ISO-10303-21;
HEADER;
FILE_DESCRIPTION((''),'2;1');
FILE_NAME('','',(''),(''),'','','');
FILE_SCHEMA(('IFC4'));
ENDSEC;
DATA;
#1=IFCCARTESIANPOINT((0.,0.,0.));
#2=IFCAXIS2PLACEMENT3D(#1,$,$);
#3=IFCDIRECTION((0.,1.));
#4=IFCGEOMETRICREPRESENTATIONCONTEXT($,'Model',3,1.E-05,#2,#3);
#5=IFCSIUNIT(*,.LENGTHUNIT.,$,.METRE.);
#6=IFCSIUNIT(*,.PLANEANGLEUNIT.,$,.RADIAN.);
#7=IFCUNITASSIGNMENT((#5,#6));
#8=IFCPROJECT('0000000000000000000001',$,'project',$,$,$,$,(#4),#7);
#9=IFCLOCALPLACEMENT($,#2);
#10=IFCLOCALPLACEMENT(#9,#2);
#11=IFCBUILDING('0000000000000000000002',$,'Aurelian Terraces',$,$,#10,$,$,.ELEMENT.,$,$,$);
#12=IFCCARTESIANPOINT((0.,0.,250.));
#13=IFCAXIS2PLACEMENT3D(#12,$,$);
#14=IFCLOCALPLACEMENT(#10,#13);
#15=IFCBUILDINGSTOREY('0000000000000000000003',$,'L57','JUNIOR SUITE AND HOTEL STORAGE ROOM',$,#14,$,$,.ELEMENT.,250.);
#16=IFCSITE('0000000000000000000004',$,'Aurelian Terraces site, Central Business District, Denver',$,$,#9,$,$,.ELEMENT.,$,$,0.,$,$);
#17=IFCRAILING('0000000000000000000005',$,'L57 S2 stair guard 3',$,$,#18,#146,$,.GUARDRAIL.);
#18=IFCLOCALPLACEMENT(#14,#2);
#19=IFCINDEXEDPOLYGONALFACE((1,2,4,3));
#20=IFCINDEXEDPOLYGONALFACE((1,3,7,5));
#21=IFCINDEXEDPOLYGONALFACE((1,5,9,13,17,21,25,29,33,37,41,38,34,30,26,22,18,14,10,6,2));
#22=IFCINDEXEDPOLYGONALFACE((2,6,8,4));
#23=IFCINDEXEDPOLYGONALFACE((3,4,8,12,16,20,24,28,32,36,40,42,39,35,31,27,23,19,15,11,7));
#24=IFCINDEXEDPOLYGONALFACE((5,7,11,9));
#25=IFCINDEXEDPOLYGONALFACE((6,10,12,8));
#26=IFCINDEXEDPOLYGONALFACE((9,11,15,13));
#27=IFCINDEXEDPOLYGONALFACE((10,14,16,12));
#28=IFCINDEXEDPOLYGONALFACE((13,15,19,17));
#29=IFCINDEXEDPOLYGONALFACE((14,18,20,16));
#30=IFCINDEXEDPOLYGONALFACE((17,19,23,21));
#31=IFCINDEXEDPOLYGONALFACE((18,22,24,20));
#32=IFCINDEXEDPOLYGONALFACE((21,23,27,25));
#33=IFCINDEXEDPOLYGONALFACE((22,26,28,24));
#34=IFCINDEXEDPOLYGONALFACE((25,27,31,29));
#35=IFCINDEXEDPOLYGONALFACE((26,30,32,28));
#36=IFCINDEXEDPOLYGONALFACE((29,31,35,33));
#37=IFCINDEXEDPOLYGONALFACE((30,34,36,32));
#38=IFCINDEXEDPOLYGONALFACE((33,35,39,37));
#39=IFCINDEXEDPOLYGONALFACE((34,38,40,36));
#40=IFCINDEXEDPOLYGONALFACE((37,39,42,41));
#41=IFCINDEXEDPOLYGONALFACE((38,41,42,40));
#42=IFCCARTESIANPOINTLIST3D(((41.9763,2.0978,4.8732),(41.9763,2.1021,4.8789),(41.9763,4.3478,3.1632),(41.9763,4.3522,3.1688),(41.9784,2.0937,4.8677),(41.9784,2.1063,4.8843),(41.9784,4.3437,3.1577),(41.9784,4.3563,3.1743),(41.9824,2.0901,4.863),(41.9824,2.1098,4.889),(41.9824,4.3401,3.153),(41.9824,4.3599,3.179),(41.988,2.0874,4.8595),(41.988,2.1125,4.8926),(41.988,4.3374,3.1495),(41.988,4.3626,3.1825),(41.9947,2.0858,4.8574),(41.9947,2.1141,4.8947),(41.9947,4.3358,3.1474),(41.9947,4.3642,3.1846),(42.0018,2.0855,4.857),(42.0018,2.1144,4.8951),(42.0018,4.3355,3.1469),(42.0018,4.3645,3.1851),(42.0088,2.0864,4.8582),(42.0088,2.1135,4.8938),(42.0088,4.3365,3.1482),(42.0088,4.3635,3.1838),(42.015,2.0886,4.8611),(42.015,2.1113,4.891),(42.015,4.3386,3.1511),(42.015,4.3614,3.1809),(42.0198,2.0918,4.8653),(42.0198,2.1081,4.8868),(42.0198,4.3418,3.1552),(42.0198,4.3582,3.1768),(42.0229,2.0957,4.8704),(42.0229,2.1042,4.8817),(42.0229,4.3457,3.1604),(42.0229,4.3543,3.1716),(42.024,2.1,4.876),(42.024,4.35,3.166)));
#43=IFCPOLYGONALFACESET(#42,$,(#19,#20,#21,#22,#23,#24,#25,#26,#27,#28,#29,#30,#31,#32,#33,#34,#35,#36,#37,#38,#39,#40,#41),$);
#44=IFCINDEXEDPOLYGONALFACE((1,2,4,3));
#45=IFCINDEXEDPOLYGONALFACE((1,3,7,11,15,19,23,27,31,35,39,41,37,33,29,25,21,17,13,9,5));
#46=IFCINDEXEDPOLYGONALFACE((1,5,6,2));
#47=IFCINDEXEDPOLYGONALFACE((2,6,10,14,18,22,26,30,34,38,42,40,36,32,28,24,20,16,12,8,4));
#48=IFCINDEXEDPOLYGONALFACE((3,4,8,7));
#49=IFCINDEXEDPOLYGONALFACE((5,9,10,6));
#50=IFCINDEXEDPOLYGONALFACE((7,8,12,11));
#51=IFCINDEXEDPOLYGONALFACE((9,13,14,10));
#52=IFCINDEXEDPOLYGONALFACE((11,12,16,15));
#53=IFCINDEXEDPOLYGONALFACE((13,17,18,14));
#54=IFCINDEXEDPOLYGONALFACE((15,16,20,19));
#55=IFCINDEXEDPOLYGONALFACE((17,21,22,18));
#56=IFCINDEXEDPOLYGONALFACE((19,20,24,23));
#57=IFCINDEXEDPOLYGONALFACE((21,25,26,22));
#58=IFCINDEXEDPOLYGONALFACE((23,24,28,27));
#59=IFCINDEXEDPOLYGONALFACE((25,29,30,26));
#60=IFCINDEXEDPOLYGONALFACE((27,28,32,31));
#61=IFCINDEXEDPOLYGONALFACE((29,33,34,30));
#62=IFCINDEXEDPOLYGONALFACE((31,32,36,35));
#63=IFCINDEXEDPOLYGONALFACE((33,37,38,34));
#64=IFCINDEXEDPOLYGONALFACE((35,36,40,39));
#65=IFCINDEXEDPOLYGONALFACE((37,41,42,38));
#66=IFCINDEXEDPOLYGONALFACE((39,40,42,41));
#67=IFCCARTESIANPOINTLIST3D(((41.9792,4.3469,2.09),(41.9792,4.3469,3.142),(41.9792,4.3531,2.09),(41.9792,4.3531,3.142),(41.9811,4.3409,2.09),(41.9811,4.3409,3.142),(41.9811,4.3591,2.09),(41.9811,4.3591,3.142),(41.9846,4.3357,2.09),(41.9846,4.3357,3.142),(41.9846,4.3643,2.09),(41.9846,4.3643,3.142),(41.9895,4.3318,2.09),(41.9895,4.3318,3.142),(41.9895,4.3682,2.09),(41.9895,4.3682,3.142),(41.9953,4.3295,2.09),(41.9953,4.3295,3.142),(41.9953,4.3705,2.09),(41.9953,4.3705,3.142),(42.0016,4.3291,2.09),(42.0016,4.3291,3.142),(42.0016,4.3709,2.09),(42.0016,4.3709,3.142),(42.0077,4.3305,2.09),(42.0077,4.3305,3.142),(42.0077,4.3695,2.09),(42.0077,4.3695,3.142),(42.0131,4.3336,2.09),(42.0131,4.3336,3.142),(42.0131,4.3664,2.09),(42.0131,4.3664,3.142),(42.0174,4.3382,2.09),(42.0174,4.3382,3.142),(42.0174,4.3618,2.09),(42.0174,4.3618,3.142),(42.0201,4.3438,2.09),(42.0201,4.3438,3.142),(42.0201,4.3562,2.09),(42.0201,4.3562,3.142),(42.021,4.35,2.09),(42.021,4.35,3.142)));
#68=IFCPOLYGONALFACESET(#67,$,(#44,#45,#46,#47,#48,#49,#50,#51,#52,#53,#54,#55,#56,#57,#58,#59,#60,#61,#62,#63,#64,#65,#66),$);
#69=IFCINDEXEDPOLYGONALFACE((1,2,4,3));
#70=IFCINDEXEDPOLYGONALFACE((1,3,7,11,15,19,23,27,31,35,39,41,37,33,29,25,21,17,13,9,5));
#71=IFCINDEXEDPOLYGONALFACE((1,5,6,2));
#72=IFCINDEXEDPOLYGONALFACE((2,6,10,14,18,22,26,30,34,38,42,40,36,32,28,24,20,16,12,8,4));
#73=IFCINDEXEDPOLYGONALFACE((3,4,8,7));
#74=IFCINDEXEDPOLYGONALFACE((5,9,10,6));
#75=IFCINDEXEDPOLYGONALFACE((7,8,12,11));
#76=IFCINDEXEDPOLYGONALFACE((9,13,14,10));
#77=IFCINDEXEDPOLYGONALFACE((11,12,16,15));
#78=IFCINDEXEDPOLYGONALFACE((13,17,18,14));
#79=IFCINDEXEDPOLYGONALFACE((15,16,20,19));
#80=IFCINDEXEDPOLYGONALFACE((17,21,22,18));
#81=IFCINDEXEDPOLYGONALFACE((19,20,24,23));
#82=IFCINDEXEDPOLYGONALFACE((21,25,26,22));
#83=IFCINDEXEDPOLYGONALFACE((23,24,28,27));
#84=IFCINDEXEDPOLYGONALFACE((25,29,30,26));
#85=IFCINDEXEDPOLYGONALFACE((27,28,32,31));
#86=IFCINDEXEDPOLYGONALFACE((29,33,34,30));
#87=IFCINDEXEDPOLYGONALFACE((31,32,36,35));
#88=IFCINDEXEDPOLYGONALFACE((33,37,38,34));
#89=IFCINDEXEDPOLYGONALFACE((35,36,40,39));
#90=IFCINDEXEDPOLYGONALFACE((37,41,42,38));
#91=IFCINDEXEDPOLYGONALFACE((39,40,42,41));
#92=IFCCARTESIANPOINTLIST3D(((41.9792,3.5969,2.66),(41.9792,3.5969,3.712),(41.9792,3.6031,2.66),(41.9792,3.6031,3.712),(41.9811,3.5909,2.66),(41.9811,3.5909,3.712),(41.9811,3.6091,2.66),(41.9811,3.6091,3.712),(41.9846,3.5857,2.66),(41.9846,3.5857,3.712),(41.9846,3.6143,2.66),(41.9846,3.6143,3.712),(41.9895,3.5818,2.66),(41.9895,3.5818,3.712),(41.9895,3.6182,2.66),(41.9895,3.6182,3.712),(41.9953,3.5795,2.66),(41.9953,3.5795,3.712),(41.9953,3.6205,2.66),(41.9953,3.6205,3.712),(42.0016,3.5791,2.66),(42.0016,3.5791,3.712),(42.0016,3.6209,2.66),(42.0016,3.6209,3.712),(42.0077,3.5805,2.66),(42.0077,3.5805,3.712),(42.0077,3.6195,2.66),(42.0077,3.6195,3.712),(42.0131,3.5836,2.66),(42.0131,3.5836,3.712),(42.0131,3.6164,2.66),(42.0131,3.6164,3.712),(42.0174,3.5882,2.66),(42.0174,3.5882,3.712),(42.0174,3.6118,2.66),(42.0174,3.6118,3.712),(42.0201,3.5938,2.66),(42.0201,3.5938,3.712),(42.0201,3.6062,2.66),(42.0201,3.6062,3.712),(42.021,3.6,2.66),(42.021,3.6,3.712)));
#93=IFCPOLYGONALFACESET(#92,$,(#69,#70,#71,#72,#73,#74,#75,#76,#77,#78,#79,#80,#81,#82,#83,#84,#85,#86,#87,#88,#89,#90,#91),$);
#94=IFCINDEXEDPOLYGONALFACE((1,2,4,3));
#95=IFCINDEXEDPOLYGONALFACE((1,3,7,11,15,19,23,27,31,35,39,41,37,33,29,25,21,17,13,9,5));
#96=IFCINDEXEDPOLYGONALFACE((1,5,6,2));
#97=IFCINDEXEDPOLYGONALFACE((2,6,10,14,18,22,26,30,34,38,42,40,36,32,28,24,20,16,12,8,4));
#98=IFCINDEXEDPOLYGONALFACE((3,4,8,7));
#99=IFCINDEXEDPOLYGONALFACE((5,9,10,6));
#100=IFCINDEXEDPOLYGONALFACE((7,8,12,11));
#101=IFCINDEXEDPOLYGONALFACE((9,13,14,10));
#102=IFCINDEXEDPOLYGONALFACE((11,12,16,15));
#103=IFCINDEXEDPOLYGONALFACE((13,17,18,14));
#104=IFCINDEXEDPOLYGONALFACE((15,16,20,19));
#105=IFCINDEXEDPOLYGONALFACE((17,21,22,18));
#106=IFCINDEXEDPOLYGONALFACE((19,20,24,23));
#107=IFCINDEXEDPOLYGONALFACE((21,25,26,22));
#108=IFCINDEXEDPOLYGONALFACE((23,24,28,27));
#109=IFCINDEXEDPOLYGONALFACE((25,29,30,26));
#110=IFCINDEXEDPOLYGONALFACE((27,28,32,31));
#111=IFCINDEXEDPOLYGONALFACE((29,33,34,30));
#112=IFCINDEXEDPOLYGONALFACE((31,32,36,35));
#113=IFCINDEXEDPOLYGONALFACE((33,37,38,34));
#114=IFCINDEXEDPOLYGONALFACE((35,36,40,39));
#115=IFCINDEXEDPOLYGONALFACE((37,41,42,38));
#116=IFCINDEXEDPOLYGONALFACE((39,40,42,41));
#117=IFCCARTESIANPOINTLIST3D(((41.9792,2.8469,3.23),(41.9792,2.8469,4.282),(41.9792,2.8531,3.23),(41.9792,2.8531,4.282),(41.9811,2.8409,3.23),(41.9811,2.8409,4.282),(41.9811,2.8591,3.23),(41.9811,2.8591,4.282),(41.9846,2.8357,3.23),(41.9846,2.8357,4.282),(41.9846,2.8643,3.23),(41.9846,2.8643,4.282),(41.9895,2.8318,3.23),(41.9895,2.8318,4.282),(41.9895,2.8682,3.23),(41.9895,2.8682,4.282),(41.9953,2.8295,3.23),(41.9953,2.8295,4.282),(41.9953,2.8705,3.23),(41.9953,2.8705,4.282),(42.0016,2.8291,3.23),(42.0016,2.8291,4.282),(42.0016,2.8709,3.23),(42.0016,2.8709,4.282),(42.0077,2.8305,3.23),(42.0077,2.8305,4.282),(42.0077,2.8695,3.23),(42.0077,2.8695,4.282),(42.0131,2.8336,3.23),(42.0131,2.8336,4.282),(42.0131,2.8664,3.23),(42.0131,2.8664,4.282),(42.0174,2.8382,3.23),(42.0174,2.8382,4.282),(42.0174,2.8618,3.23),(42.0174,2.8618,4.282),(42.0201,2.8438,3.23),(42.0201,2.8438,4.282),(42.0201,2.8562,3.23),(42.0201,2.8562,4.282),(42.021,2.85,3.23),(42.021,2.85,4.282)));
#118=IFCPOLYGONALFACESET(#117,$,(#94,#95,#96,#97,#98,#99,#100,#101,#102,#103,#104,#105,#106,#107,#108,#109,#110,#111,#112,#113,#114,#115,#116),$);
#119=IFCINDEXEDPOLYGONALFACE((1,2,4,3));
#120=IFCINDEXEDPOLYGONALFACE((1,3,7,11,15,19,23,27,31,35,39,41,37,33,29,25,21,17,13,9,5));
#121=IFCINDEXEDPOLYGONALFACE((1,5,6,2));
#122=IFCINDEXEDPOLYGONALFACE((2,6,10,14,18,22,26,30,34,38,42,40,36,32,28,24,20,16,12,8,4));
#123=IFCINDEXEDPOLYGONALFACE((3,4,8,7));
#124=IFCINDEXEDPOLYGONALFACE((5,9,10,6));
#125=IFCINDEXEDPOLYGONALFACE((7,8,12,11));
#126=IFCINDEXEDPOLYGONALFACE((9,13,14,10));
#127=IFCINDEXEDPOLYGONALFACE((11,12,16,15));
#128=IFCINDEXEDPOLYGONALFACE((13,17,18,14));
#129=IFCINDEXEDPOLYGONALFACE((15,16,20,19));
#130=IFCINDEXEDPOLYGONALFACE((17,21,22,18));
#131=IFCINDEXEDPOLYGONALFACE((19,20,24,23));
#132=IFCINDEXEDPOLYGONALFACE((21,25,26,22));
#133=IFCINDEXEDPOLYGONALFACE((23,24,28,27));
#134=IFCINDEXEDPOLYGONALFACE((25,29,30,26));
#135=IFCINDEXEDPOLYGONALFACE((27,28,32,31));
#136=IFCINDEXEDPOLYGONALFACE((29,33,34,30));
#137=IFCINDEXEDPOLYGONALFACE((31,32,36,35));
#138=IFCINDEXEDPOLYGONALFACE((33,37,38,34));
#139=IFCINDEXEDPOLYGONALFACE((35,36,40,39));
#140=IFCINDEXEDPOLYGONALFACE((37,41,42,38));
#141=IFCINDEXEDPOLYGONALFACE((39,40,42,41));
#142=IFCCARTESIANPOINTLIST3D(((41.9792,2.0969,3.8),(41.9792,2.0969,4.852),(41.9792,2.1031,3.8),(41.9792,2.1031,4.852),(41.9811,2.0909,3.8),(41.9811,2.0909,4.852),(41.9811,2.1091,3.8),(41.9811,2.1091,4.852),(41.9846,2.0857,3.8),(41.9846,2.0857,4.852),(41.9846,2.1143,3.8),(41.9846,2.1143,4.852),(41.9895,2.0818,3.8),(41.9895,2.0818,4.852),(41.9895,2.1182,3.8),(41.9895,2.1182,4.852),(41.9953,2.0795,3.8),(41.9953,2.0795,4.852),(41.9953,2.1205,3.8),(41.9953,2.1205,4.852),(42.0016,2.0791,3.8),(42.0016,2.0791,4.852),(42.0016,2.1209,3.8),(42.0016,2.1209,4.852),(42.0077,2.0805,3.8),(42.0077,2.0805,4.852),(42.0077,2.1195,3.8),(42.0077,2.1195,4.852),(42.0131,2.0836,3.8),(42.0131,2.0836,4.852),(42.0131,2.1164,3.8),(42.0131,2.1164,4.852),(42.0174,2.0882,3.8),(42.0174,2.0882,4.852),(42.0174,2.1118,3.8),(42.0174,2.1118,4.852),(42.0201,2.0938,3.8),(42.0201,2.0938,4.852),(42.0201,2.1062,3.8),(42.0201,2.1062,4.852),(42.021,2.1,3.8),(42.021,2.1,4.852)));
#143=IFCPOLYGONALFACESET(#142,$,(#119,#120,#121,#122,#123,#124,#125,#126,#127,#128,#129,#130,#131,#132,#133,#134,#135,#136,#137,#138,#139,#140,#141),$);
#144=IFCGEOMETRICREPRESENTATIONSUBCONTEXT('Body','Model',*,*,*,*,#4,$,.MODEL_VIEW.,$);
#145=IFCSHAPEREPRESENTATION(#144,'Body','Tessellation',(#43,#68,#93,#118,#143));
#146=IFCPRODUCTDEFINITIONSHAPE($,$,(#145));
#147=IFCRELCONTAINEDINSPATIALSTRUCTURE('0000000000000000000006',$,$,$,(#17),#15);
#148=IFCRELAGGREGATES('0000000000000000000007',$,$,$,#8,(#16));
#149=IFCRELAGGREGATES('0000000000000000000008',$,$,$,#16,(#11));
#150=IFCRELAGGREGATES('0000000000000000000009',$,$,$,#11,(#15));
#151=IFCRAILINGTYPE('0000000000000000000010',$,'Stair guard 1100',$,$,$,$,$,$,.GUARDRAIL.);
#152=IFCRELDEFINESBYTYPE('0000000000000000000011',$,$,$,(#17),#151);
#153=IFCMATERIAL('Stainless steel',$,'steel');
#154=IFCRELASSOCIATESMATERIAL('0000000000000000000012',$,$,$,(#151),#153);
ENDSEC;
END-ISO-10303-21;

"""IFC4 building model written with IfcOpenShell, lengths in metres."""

from ifc_helpers import new_model, si_unit, direction, frame, origin, origin_2d, place, context, subcontext, project, spatial, circle, extrude, source, transform, mapped, material, type_object, element, save


model = new_model("IFC4")

# Units and contexts
model_context = context("Model", 3, precision=1e-05, world=origin(), true_north=direction((0.0, 1.0)))
body_context = subcontext(model_context, "Body", "Model", "MODEL_VIEW")
ifc_project = project(units=[si_unit("LENGTHUNIT", "METRE"), si_unit("PLANEANGLEUNIT", "RADIAN")], contexts=[model_context])

# Site, building, storey
site_placement = place(None, origin())
site = spatial("IfcSite", under=ifc_project, at=site_placement, Name="Aurelian Terraces site, Central Business District, Denver", CompositionType="ELEMENT", RefElevation=0.0)
building_placement = place(site_placement, origin())
building = spatial("IfcBuilding", under=site, at=building_placement, Name="Aurelian Terraces", CompositionType="ELEMENT")
storey_placement = place(building_placement, frame((0.0, 0.0, 250.0)))
storey = spatial("IfcBuildingStorey", under=building, at=storey_placement, Name="L57", Description="JUNIOR SUITE AND HOTEL STORAGE ROOM", CompositionType="ELEMENT", Elevation=250.0)

# Railing
ifc_material_1 = material(Name="Stainless steel", Category="steel")
railing_type_1 = type_object("IfcRailingType", Name="Stair guard 1100", PredefinedType="GUARDRAIL", material=ifc_material_1)
shared_shape_1 = source(origin(), body_context, "Body", "SweptSolid", [
    extrude(circle(Radius=0.024, at=origin_2d()), frame((0.0, 0.0, 1.076), z_axis=(0.0, -0.796162, 0.605083), x_axis=(1.0, 0.0, 0.0)), (0.0, 0.0, 1.0), 2.8261),
    extrude(circle(Radius=0.021, at=origin_2d()), origin(), (0.0, 0.0, 1.0), 1.052),
    extrude(circle(Radius=0.021, at=origin_2d()), frame((0.0, -0.75, 0.57)), (0.0, 0.0, 1.0), 1.052),
    extrude(circle(Radius=0.021, at=origin_2d()), frame((0.0, -1.5, 1.14)), (0.0, 0.0, 1.0), 1.052),
    extrude(circle(Radius=0.021, at=origin_2d()), frame((0.0, -2.25, 1.71)), (0.0, 0.0, 1.0), 1.052),
])
railing_1_placement = place(storey_placement, frame((42.0, 4.35, 2.09)))
element("IfcRailing", 1, at=railing_1_placement, inside=storey, type_object=railing_type_1, Name="L57 S2 stair guard 3", PredefinedType="GUARDRAIL", context=body_context, shape_type="MappedRepresentation", body=[
    mapped(shared_shape_1, transform((0.0, 0.0, 0.0), scale=1.0)),
])

save(model, "model.ifc")
